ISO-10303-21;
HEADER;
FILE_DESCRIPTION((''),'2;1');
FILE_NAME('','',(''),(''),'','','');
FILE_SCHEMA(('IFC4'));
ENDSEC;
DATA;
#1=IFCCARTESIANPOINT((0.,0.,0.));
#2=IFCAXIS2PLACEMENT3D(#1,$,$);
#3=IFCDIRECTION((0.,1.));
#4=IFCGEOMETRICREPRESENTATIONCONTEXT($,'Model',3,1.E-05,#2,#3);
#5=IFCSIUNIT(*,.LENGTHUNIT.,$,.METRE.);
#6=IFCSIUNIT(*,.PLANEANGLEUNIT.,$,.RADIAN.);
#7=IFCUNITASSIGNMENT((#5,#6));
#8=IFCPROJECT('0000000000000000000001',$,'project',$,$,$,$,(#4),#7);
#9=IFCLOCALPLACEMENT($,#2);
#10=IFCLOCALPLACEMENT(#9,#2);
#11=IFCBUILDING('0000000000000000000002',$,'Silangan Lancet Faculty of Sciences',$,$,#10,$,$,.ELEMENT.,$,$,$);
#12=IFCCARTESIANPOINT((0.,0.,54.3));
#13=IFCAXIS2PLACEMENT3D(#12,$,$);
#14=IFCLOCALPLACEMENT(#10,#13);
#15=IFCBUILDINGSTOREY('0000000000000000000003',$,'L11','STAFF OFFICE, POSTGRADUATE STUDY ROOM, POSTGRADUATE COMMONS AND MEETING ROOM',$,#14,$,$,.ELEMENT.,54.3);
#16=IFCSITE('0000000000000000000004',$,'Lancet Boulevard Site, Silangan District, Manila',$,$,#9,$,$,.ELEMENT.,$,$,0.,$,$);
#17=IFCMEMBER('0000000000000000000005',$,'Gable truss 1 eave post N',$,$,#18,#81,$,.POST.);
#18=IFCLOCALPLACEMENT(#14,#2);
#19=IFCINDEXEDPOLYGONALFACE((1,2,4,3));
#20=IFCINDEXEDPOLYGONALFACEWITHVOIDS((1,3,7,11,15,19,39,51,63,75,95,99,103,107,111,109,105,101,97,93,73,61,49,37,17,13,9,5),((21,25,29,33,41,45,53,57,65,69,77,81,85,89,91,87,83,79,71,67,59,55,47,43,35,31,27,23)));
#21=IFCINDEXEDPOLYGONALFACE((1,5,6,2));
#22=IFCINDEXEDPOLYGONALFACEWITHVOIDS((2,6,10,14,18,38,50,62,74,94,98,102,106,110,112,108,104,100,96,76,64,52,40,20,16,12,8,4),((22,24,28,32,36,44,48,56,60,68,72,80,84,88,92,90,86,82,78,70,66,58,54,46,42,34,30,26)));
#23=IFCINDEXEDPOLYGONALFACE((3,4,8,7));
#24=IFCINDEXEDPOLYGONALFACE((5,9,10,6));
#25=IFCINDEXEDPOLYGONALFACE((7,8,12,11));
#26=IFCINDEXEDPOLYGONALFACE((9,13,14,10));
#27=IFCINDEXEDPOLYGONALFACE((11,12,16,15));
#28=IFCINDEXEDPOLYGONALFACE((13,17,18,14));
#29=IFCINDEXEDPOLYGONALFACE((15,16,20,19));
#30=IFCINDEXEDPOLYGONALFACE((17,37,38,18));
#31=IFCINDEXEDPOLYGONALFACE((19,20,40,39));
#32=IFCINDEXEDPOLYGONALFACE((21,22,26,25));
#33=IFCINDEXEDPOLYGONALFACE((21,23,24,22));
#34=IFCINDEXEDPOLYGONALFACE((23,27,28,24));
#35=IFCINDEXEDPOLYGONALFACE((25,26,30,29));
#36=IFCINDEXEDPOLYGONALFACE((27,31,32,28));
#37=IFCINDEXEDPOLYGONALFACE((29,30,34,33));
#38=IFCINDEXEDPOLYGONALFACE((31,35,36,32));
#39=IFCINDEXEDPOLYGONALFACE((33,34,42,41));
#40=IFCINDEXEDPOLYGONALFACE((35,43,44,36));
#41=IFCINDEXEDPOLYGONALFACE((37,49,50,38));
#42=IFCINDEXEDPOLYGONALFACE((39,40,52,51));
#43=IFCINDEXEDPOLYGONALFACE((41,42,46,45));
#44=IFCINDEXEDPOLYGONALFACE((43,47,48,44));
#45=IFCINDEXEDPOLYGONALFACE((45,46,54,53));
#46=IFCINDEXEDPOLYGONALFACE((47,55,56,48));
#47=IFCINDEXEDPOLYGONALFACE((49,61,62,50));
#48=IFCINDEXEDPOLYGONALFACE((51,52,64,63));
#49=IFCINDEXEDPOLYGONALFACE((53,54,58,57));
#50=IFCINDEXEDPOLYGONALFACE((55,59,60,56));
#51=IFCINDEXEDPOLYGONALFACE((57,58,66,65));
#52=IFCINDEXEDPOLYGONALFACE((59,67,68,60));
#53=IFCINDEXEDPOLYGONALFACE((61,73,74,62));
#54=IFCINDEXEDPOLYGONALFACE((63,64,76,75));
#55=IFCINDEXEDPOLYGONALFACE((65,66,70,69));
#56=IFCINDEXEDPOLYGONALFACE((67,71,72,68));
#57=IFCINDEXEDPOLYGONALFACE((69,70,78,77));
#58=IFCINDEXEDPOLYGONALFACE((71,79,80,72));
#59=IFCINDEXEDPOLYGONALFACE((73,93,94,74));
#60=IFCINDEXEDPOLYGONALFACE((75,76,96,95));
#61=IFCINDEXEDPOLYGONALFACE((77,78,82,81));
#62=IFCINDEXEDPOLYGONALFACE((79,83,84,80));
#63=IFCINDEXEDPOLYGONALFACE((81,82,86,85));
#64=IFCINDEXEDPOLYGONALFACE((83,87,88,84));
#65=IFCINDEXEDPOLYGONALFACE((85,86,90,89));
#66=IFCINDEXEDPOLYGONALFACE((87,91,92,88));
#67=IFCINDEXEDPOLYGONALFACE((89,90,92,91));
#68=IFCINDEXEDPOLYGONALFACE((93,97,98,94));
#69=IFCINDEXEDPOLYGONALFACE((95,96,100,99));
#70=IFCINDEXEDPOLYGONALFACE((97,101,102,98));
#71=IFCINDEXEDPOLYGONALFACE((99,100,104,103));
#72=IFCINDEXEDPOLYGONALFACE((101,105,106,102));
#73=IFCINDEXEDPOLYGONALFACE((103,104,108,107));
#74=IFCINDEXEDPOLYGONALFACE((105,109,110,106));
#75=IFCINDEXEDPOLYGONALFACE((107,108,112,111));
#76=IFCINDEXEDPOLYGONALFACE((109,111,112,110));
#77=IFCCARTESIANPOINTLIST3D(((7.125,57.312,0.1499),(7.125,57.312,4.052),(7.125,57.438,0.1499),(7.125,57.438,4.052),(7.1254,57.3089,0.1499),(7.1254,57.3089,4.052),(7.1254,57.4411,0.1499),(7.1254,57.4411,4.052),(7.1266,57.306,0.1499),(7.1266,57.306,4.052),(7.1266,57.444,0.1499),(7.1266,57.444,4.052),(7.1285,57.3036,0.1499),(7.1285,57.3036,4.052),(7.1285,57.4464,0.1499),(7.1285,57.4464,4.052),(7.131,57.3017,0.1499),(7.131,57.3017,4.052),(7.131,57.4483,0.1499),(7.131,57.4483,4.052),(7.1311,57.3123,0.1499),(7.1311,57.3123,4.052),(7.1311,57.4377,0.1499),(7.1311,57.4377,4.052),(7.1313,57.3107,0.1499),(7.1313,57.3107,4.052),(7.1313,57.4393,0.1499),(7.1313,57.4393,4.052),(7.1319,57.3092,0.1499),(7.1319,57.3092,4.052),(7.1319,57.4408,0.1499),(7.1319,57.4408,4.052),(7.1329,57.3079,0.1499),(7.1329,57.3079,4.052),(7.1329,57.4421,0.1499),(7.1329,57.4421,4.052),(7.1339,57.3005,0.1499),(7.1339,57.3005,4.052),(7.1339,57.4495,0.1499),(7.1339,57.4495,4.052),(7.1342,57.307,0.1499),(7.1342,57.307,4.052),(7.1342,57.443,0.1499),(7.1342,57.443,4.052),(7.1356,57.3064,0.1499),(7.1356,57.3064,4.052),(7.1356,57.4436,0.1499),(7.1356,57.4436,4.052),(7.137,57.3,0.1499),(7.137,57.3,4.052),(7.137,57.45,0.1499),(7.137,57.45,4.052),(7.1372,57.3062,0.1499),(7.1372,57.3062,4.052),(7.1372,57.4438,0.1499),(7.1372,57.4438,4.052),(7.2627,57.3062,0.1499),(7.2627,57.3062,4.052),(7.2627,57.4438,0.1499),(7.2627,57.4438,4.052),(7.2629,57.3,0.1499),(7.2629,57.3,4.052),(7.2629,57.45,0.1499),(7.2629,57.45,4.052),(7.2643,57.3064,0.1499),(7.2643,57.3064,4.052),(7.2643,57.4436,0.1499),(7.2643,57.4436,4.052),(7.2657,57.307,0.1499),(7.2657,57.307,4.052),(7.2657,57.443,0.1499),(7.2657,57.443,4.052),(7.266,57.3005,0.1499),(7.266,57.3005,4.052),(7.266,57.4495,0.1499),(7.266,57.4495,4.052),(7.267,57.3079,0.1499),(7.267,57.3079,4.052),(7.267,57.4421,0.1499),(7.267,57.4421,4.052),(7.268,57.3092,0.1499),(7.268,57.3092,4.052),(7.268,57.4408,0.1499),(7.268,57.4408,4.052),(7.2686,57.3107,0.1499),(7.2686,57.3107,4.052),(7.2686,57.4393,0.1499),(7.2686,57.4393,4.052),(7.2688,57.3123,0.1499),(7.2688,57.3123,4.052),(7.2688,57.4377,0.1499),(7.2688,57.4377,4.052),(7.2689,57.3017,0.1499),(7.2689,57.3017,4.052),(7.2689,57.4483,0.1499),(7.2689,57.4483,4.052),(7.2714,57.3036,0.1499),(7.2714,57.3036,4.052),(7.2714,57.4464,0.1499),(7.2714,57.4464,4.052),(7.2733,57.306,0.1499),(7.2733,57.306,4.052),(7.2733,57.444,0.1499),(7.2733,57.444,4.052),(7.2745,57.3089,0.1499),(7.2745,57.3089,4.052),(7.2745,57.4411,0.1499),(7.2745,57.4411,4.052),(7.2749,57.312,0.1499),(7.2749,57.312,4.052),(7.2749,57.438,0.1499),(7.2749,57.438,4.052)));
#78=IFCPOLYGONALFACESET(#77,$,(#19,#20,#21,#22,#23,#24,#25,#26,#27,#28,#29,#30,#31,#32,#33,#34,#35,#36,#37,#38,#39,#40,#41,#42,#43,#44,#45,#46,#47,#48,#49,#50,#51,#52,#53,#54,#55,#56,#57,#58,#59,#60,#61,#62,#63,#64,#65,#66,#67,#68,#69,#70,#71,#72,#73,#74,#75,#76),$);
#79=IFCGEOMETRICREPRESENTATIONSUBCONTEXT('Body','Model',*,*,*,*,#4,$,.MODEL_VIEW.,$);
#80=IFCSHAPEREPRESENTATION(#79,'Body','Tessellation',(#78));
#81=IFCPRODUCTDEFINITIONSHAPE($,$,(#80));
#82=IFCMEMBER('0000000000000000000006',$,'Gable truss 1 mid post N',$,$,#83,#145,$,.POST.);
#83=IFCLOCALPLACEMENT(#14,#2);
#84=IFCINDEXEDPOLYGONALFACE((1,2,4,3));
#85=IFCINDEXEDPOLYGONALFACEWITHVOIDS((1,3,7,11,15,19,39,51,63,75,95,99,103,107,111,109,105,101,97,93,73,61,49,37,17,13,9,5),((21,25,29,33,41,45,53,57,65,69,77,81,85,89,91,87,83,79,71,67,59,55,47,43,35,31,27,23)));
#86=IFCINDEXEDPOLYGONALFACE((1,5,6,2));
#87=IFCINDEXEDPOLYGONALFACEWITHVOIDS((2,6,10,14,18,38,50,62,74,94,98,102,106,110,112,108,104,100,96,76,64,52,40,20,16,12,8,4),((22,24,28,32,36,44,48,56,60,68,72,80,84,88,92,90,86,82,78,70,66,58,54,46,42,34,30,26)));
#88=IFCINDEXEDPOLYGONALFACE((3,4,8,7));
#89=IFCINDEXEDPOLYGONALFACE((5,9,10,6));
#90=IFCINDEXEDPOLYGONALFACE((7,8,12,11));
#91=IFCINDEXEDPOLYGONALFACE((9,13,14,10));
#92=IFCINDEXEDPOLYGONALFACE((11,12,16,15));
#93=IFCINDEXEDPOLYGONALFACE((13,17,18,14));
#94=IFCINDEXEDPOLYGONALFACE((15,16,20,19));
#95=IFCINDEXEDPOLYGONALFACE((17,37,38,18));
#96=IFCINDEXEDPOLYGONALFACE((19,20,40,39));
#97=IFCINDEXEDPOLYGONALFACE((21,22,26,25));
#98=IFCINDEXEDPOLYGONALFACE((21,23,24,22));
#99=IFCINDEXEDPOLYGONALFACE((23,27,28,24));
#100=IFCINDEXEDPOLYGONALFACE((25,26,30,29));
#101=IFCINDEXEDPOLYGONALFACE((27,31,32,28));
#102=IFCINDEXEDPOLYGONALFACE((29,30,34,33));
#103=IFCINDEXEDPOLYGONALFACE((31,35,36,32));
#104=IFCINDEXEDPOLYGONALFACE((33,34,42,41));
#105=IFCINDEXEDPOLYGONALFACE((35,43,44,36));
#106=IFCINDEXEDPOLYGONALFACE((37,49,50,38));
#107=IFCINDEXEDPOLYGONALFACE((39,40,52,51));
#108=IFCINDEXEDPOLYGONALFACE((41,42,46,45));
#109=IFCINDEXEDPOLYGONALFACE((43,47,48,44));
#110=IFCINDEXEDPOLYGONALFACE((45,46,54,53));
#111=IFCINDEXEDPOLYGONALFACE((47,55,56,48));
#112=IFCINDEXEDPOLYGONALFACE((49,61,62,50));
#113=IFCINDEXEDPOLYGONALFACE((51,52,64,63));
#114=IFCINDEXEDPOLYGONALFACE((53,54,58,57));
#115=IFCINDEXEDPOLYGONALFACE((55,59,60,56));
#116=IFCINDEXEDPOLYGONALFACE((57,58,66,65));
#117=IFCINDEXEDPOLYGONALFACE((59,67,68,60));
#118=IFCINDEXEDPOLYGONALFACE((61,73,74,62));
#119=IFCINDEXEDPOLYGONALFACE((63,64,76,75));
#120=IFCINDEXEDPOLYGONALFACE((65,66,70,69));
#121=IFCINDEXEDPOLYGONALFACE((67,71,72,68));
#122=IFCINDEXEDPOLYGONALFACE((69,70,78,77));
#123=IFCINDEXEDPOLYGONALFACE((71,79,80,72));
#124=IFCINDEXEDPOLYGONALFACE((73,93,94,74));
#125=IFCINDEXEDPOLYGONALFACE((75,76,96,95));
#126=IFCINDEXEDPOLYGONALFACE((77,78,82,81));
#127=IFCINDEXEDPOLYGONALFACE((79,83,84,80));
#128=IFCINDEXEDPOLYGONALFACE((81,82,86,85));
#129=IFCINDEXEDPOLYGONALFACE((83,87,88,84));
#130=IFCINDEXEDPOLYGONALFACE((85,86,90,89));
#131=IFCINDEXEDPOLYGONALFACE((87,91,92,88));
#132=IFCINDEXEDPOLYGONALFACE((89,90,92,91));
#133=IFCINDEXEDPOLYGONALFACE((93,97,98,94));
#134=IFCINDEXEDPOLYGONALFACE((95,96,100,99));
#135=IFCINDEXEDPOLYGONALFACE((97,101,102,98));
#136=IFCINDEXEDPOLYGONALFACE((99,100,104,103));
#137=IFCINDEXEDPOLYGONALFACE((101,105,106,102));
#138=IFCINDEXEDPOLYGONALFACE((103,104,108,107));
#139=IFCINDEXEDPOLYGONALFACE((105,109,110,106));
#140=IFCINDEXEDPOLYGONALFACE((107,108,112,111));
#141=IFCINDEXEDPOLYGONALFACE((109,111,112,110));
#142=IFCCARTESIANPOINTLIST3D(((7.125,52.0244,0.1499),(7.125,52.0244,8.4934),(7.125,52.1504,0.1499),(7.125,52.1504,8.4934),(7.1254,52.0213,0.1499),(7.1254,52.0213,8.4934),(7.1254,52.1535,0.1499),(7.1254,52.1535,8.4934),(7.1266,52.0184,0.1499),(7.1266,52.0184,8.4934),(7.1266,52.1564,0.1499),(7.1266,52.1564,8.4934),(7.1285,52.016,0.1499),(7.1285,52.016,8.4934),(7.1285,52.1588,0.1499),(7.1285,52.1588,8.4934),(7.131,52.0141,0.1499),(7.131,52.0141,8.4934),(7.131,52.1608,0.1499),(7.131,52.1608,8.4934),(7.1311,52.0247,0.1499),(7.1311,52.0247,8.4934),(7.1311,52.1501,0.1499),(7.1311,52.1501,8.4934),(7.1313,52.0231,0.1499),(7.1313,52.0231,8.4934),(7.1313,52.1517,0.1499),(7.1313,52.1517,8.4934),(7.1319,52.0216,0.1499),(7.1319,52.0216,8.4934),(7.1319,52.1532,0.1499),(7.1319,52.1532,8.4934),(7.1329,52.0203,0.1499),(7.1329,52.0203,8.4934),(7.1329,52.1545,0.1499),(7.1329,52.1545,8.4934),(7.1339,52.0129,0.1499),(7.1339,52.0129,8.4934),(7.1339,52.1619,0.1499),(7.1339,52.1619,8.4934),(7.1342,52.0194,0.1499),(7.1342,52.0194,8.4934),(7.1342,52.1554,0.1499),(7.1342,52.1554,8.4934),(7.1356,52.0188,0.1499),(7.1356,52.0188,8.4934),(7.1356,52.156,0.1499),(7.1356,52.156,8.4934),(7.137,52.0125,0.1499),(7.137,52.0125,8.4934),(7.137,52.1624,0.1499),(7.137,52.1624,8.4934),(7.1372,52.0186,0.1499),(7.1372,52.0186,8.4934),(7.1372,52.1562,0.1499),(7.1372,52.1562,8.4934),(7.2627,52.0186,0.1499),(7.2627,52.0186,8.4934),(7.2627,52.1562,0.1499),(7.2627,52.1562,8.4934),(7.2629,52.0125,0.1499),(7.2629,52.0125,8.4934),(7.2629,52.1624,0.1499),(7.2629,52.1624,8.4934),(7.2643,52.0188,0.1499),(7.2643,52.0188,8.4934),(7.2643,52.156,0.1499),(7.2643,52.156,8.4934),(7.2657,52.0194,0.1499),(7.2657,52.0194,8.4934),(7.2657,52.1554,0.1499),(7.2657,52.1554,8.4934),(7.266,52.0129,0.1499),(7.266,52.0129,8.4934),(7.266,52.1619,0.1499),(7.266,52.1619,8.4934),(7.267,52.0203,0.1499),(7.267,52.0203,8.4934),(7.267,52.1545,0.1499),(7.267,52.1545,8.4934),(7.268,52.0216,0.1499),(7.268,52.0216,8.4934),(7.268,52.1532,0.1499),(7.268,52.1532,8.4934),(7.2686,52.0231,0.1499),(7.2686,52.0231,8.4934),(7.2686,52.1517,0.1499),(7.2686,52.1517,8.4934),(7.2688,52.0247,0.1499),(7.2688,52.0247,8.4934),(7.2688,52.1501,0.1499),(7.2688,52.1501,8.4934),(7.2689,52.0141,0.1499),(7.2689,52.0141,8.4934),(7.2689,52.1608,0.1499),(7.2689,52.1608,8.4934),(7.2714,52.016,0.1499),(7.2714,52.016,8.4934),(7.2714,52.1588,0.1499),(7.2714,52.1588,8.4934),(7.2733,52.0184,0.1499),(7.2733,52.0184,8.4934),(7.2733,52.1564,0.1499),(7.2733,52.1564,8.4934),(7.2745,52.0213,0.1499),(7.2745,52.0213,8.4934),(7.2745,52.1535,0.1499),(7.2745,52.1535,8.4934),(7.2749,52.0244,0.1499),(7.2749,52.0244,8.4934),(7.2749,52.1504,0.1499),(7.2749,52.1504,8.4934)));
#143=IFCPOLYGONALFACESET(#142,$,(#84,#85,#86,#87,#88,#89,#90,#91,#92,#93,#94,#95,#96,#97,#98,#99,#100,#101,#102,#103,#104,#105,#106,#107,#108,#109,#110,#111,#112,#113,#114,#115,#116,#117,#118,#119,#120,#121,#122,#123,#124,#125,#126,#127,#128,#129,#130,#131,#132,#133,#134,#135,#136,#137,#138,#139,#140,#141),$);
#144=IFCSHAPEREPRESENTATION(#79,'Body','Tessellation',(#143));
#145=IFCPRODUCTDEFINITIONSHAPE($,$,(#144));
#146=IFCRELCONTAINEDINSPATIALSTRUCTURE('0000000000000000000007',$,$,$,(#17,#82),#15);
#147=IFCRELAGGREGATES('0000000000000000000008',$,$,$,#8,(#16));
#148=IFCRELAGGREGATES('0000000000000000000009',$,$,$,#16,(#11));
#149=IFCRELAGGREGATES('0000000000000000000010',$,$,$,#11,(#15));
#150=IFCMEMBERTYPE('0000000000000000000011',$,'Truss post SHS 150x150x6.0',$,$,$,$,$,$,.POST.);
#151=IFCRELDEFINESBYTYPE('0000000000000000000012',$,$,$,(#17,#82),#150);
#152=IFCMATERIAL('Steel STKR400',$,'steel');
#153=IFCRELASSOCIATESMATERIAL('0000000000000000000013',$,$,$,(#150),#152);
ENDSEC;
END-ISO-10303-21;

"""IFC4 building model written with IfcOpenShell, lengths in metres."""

from ifc_helpers import new_model, si_unit, direction, frame, origin, origin_2d, place, context, subcontext, project, spatial, hollow_rectangle, extrude, material, material_profile, profile_set, type_object, element, save


model = new_model("IFC4")

# Units and contexts
model_context = context("Model", 3, precision=1e-05, world=origin(), true_north=direction((0.0, 1.0)))
body_context = subcontext(model_context, "Body", "Model", "MODEL_VIEW")
ifc_project = project(units=[si_unit("LENGTHUNIT", "METRE"), si_unit("PLANEANGLEUNIT", "RADIAN")], contexts=[model_context])

# Site, building, storey
site_placement = place(None, origin())
site = spatial("IfcSite", under=ifc_project, at=site_placement, Name="Lancet Boulevard Site, Silangan District, Manila", CompositionType="ELEMENT", RefElevation=0.0)
building_placement = place(site_placement, origin())
building = spatial("IfcBuilding", under=site, at=building_placement, Name="Silangan Lancet Faculty of Sciences", CompositionType="ELEMENT")
storey_placement = place(building_placement, frame((0.0, 0.0, 54.3)))
storey = spatial("IfcBuildingStorey", under=building, at=storey_placement, Name="L11", Description="STAFF OFFICE, POSTGRADUATE STUDY ROOM, POSTGRADUATE COMMONS AND MEETING ROOM", CompositionType="ELEMENT", Elevation=54.3)

# Members
ifc_material_1 = material(Name="Steel STKR400", Category="steel")
ifc_material_profile_1 = material_profile(ifc_material_1, hollow_rectangle(XDim=0.1499, YDim=0.1499, WallThickness=0.0061, InnerFilletRadius=0.0061, OuterFilletRadius=0.012, at=origin_2d()), Name="SHS 150x150x6.0")
ifc_profile_set_1 = profile_set([ifc_material_profile_1], Name="Steel STKR400")
member_type_1 = type_object("IfcMemberType", Name="Truss post SHS 150x150x6.0", PredefinedType="POST", material=ifc_profile_set_1)
member_1_placement = place(storey_placement, frame((7.2, 57.375, 0.1499), z_axis=(0.0, 0.0, 1.0), x_axis=(1.0, 0.0, 0.0)))
element("IfcMember", 1, at=member_1_placement, inside=storey, type_object=member_type_1, Name="Gable truss 1 eave post N", PredefinedType="POST", context=body_context, shape_type="SweptSolid", body=[
    extrude(hollow_rectangle(XDim=0.1499, YDim=0.1499, WallThickness=0.0061, InnerFilletRadius=0.0061, OuterFilletRadius=0.012, at=origin_2d()), origin(), (0.0, 0.0, 1.0), 3.9021),
])
member_2_placement = place(storey_placement, frame((7.2, 52.0874, 0.1499), z_axis=(0.0, 0.0, 1.0), x_axis=(1.0, 0.0, 0.0)))
element("IfcMember", 2, at=member_2_placement, inside=storey, type_object=member_type_1, Name="Gable truss 1 mid post N", PredefinedType="POST", context=body_context, shape_type="SweptSolid", body=[
    extrude(hollow_rectangle(XDim=0.1499, YDim=0.1499, WallThickness=0.0061, InnerFilletRadius=0.0061, OuterFilletRadius=0.012, at=origin_2d()), origin(), (0.0, 0.0, 1.0), 8.3435),
])

save(model, "model.ifc")
